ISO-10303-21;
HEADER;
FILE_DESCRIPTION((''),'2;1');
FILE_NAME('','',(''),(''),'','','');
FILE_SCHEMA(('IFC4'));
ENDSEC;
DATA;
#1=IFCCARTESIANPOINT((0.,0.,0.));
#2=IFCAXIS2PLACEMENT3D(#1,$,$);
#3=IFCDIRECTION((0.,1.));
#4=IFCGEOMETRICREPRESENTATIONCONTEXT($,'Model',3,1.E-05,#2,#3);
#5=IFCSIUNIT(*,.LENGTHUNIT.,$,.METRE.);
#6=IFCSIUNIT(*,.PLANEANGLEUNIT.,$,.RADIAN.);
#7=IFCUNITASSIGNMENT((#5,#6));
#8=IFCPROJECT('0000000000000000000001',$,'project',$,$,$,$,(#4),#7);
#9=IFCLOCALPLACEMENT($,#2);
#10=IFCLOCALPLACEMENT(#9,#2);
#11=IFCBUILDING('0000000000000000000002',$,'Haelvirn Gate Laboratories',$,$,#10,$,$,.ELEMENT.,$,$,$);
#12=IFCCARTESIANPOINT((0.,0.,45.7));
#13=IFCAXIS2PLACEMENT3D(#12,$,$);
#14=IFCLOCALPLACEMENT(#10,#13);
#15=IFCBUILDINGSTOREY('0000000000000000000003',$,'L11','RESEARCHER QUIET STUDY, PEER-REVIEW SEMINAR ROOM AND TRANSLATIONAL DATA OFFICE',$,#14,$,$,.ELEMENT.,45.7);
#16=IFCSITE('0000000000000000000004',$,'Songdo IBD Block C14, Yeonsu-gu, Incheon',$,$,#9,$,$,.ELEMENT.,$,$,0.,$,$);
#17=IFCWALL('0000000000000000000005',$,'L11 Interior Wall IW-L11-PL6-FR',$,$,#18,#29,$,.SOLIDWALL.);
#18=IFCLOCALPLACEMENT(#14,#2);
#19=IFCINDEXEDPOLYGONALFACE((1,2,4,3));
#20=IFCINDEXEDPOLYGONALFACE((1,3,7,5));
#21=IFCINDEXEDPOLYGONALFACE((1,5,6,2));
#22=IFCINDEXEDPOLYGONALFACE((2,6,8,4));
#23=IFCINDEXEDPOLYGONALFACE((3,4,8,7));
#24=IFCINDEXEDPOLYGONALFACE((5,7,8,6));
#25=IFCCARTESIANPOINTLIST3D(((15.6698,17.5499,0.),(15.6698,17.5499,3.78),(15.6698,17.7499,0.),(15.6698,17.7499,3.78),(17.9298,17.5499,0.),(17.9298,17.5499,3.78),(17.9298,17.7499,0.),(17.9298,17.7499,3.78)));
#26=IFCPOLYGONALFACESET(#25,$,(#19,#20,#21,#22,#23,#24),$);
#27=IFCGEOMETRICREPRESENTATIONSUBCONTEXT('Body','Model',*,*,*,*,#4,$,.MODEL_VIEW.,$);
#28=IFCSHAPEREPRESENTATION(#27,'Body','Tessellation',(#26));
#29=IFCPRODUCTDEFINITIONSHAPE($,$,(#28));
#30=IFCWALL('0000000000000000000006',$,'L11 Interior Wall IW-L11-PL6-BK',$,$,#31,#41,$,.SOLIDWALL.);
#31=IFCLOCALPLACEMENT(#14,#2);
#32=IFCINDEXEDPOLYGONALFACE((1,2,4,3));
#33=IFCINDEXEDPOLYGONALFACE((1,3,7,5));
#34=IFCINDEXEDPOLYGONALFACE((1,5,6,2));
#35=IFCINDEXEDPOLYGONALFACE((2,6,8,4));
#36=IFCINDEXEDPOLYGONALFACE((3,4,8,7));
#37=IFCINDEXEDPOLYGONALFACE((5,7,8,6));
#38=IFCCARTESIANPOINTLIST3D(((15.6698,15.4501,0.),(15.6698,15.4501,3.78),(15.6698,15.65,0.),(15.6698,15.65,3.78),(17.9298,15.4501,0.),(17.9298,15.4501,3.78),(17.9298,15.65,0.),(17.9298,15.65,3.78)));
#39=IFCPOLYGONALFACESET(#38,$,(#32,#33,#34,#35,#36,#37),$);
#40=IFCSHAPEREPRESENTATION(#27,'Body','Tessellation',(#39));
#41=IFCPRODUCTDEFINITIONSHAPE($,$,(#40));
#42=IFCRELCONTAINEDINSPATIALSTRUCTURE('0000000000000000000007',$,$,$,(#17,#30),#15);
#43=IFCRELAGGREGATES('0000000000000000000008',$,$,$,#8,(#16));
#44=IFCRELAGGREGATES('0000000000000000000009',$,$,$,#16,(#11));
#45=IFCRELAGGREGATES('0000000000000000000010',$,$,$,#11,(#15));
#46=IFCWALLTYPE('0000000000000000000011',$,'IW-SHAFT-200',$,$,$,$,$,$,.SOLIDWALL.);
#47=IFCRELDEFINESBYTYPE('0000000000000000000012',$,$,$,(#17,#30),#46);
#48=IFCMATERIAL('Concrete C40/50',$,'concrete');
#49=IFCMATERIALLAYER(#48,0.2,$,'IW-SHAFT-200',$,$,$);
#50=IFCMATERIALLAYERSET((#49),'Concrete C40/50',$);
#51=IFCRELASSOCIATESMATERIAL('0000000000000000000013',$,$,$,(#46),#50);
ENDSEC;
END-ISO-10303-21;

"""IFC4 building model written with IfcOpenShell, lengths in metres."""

from ifc_helpers import new_model, si_unit, direction, frame, frame_2d, origin, place, context, subcontext, project, spatial, rectangle, extrude, material, layer, layer_set, type_object, element, save


model = new_model("IFC4")

# Units and contexts
model_context = context("Model", 3, precision=1e-05, world=origin(), true_north=direction((0.0, 1.0)))
body_context = subcontext(model_context, "Body", "Model", "MODEL_VIEW")
ifc_project = project(units=[si_unit("LENGTHUNIT", "METRE"), si_unit("PLANEANGLEUNIT", "RADIAN")], contexts=[model_context])

# Site, building, storey
site_placement = place(None, origin())
site = spatial("IfcSite", under=ifc_project, at=site_placement, Name="Songdo IBD Block C14, Yeonsu-gu, Incheon", CompositionType="ELEMENT", RefElevation=0.0)
building_placement = place(site_placement, origin())
building = spatial("IfcBuilding", under=site, at=building_placement, Name="Haelvirn Gate Laboratories", CompositionType="ELEMENT")
storey_placement = place(building_placement, frame((0.0, 0.0, 45.7)))
storey = spatial("IfcBuildingStorey", under=building, at=storey_placement, Name="L11", Description="RESEARCHER QUIET STUDY, PEER-REVIEW SEMINAR ROOM AND TRANSLATIONAL DATA OFFICE", CompositionType="ELEMENT", Elevation=45.7)

# Walls
ifc_material_1 = material(Name="Concrete C40/50", Category="concrete")
ifc_layer_1 = layer(ifc_material_1, 0.2, Name="IW-SHAFT-200")
ifc_layer_set_1 = layer_set([ifc_layer_1], Name="Concrete C40/50")
wall_type_1 = type_object("IfcWallType", Name="IW-SHAFT-200", PredefinedType="SOLIDWALL", material=ifc_layer_set_1)
for number, where, z_axis, x_axis, name in (
    (1, (15.6699, 17.6499, 0.0), (0.0, 0.0, 1.0), (1.0, 0.0, 0.0), "L11 Interior Wall IW-L11-PL6-FR"),
    (2, (15.6699, 15.55, 0.0), (0.0, 0.0, 1.0), (1.0, 0.0, 0.0), "L11 Interior Wall IW-L11-PL6-BK"),
):
    element("IfcWall", number, at=place(storey_placement, frame(where, z_axis=z_axis, x_axis=x_axis)), inside=storey, type_object=wall_type_1, Name=name, PredefinedType="SOLIDWALL", context=body_context, shape_type="SweptSolid", body=[
        extrude(rectangle(XDim=2.26, YDim=0.2, at=frame_2d((1.1299, 0.0))), origin(), (0.0, 0.0, 1.0), 3.78),
    ])

save(model, "model.ifc")
